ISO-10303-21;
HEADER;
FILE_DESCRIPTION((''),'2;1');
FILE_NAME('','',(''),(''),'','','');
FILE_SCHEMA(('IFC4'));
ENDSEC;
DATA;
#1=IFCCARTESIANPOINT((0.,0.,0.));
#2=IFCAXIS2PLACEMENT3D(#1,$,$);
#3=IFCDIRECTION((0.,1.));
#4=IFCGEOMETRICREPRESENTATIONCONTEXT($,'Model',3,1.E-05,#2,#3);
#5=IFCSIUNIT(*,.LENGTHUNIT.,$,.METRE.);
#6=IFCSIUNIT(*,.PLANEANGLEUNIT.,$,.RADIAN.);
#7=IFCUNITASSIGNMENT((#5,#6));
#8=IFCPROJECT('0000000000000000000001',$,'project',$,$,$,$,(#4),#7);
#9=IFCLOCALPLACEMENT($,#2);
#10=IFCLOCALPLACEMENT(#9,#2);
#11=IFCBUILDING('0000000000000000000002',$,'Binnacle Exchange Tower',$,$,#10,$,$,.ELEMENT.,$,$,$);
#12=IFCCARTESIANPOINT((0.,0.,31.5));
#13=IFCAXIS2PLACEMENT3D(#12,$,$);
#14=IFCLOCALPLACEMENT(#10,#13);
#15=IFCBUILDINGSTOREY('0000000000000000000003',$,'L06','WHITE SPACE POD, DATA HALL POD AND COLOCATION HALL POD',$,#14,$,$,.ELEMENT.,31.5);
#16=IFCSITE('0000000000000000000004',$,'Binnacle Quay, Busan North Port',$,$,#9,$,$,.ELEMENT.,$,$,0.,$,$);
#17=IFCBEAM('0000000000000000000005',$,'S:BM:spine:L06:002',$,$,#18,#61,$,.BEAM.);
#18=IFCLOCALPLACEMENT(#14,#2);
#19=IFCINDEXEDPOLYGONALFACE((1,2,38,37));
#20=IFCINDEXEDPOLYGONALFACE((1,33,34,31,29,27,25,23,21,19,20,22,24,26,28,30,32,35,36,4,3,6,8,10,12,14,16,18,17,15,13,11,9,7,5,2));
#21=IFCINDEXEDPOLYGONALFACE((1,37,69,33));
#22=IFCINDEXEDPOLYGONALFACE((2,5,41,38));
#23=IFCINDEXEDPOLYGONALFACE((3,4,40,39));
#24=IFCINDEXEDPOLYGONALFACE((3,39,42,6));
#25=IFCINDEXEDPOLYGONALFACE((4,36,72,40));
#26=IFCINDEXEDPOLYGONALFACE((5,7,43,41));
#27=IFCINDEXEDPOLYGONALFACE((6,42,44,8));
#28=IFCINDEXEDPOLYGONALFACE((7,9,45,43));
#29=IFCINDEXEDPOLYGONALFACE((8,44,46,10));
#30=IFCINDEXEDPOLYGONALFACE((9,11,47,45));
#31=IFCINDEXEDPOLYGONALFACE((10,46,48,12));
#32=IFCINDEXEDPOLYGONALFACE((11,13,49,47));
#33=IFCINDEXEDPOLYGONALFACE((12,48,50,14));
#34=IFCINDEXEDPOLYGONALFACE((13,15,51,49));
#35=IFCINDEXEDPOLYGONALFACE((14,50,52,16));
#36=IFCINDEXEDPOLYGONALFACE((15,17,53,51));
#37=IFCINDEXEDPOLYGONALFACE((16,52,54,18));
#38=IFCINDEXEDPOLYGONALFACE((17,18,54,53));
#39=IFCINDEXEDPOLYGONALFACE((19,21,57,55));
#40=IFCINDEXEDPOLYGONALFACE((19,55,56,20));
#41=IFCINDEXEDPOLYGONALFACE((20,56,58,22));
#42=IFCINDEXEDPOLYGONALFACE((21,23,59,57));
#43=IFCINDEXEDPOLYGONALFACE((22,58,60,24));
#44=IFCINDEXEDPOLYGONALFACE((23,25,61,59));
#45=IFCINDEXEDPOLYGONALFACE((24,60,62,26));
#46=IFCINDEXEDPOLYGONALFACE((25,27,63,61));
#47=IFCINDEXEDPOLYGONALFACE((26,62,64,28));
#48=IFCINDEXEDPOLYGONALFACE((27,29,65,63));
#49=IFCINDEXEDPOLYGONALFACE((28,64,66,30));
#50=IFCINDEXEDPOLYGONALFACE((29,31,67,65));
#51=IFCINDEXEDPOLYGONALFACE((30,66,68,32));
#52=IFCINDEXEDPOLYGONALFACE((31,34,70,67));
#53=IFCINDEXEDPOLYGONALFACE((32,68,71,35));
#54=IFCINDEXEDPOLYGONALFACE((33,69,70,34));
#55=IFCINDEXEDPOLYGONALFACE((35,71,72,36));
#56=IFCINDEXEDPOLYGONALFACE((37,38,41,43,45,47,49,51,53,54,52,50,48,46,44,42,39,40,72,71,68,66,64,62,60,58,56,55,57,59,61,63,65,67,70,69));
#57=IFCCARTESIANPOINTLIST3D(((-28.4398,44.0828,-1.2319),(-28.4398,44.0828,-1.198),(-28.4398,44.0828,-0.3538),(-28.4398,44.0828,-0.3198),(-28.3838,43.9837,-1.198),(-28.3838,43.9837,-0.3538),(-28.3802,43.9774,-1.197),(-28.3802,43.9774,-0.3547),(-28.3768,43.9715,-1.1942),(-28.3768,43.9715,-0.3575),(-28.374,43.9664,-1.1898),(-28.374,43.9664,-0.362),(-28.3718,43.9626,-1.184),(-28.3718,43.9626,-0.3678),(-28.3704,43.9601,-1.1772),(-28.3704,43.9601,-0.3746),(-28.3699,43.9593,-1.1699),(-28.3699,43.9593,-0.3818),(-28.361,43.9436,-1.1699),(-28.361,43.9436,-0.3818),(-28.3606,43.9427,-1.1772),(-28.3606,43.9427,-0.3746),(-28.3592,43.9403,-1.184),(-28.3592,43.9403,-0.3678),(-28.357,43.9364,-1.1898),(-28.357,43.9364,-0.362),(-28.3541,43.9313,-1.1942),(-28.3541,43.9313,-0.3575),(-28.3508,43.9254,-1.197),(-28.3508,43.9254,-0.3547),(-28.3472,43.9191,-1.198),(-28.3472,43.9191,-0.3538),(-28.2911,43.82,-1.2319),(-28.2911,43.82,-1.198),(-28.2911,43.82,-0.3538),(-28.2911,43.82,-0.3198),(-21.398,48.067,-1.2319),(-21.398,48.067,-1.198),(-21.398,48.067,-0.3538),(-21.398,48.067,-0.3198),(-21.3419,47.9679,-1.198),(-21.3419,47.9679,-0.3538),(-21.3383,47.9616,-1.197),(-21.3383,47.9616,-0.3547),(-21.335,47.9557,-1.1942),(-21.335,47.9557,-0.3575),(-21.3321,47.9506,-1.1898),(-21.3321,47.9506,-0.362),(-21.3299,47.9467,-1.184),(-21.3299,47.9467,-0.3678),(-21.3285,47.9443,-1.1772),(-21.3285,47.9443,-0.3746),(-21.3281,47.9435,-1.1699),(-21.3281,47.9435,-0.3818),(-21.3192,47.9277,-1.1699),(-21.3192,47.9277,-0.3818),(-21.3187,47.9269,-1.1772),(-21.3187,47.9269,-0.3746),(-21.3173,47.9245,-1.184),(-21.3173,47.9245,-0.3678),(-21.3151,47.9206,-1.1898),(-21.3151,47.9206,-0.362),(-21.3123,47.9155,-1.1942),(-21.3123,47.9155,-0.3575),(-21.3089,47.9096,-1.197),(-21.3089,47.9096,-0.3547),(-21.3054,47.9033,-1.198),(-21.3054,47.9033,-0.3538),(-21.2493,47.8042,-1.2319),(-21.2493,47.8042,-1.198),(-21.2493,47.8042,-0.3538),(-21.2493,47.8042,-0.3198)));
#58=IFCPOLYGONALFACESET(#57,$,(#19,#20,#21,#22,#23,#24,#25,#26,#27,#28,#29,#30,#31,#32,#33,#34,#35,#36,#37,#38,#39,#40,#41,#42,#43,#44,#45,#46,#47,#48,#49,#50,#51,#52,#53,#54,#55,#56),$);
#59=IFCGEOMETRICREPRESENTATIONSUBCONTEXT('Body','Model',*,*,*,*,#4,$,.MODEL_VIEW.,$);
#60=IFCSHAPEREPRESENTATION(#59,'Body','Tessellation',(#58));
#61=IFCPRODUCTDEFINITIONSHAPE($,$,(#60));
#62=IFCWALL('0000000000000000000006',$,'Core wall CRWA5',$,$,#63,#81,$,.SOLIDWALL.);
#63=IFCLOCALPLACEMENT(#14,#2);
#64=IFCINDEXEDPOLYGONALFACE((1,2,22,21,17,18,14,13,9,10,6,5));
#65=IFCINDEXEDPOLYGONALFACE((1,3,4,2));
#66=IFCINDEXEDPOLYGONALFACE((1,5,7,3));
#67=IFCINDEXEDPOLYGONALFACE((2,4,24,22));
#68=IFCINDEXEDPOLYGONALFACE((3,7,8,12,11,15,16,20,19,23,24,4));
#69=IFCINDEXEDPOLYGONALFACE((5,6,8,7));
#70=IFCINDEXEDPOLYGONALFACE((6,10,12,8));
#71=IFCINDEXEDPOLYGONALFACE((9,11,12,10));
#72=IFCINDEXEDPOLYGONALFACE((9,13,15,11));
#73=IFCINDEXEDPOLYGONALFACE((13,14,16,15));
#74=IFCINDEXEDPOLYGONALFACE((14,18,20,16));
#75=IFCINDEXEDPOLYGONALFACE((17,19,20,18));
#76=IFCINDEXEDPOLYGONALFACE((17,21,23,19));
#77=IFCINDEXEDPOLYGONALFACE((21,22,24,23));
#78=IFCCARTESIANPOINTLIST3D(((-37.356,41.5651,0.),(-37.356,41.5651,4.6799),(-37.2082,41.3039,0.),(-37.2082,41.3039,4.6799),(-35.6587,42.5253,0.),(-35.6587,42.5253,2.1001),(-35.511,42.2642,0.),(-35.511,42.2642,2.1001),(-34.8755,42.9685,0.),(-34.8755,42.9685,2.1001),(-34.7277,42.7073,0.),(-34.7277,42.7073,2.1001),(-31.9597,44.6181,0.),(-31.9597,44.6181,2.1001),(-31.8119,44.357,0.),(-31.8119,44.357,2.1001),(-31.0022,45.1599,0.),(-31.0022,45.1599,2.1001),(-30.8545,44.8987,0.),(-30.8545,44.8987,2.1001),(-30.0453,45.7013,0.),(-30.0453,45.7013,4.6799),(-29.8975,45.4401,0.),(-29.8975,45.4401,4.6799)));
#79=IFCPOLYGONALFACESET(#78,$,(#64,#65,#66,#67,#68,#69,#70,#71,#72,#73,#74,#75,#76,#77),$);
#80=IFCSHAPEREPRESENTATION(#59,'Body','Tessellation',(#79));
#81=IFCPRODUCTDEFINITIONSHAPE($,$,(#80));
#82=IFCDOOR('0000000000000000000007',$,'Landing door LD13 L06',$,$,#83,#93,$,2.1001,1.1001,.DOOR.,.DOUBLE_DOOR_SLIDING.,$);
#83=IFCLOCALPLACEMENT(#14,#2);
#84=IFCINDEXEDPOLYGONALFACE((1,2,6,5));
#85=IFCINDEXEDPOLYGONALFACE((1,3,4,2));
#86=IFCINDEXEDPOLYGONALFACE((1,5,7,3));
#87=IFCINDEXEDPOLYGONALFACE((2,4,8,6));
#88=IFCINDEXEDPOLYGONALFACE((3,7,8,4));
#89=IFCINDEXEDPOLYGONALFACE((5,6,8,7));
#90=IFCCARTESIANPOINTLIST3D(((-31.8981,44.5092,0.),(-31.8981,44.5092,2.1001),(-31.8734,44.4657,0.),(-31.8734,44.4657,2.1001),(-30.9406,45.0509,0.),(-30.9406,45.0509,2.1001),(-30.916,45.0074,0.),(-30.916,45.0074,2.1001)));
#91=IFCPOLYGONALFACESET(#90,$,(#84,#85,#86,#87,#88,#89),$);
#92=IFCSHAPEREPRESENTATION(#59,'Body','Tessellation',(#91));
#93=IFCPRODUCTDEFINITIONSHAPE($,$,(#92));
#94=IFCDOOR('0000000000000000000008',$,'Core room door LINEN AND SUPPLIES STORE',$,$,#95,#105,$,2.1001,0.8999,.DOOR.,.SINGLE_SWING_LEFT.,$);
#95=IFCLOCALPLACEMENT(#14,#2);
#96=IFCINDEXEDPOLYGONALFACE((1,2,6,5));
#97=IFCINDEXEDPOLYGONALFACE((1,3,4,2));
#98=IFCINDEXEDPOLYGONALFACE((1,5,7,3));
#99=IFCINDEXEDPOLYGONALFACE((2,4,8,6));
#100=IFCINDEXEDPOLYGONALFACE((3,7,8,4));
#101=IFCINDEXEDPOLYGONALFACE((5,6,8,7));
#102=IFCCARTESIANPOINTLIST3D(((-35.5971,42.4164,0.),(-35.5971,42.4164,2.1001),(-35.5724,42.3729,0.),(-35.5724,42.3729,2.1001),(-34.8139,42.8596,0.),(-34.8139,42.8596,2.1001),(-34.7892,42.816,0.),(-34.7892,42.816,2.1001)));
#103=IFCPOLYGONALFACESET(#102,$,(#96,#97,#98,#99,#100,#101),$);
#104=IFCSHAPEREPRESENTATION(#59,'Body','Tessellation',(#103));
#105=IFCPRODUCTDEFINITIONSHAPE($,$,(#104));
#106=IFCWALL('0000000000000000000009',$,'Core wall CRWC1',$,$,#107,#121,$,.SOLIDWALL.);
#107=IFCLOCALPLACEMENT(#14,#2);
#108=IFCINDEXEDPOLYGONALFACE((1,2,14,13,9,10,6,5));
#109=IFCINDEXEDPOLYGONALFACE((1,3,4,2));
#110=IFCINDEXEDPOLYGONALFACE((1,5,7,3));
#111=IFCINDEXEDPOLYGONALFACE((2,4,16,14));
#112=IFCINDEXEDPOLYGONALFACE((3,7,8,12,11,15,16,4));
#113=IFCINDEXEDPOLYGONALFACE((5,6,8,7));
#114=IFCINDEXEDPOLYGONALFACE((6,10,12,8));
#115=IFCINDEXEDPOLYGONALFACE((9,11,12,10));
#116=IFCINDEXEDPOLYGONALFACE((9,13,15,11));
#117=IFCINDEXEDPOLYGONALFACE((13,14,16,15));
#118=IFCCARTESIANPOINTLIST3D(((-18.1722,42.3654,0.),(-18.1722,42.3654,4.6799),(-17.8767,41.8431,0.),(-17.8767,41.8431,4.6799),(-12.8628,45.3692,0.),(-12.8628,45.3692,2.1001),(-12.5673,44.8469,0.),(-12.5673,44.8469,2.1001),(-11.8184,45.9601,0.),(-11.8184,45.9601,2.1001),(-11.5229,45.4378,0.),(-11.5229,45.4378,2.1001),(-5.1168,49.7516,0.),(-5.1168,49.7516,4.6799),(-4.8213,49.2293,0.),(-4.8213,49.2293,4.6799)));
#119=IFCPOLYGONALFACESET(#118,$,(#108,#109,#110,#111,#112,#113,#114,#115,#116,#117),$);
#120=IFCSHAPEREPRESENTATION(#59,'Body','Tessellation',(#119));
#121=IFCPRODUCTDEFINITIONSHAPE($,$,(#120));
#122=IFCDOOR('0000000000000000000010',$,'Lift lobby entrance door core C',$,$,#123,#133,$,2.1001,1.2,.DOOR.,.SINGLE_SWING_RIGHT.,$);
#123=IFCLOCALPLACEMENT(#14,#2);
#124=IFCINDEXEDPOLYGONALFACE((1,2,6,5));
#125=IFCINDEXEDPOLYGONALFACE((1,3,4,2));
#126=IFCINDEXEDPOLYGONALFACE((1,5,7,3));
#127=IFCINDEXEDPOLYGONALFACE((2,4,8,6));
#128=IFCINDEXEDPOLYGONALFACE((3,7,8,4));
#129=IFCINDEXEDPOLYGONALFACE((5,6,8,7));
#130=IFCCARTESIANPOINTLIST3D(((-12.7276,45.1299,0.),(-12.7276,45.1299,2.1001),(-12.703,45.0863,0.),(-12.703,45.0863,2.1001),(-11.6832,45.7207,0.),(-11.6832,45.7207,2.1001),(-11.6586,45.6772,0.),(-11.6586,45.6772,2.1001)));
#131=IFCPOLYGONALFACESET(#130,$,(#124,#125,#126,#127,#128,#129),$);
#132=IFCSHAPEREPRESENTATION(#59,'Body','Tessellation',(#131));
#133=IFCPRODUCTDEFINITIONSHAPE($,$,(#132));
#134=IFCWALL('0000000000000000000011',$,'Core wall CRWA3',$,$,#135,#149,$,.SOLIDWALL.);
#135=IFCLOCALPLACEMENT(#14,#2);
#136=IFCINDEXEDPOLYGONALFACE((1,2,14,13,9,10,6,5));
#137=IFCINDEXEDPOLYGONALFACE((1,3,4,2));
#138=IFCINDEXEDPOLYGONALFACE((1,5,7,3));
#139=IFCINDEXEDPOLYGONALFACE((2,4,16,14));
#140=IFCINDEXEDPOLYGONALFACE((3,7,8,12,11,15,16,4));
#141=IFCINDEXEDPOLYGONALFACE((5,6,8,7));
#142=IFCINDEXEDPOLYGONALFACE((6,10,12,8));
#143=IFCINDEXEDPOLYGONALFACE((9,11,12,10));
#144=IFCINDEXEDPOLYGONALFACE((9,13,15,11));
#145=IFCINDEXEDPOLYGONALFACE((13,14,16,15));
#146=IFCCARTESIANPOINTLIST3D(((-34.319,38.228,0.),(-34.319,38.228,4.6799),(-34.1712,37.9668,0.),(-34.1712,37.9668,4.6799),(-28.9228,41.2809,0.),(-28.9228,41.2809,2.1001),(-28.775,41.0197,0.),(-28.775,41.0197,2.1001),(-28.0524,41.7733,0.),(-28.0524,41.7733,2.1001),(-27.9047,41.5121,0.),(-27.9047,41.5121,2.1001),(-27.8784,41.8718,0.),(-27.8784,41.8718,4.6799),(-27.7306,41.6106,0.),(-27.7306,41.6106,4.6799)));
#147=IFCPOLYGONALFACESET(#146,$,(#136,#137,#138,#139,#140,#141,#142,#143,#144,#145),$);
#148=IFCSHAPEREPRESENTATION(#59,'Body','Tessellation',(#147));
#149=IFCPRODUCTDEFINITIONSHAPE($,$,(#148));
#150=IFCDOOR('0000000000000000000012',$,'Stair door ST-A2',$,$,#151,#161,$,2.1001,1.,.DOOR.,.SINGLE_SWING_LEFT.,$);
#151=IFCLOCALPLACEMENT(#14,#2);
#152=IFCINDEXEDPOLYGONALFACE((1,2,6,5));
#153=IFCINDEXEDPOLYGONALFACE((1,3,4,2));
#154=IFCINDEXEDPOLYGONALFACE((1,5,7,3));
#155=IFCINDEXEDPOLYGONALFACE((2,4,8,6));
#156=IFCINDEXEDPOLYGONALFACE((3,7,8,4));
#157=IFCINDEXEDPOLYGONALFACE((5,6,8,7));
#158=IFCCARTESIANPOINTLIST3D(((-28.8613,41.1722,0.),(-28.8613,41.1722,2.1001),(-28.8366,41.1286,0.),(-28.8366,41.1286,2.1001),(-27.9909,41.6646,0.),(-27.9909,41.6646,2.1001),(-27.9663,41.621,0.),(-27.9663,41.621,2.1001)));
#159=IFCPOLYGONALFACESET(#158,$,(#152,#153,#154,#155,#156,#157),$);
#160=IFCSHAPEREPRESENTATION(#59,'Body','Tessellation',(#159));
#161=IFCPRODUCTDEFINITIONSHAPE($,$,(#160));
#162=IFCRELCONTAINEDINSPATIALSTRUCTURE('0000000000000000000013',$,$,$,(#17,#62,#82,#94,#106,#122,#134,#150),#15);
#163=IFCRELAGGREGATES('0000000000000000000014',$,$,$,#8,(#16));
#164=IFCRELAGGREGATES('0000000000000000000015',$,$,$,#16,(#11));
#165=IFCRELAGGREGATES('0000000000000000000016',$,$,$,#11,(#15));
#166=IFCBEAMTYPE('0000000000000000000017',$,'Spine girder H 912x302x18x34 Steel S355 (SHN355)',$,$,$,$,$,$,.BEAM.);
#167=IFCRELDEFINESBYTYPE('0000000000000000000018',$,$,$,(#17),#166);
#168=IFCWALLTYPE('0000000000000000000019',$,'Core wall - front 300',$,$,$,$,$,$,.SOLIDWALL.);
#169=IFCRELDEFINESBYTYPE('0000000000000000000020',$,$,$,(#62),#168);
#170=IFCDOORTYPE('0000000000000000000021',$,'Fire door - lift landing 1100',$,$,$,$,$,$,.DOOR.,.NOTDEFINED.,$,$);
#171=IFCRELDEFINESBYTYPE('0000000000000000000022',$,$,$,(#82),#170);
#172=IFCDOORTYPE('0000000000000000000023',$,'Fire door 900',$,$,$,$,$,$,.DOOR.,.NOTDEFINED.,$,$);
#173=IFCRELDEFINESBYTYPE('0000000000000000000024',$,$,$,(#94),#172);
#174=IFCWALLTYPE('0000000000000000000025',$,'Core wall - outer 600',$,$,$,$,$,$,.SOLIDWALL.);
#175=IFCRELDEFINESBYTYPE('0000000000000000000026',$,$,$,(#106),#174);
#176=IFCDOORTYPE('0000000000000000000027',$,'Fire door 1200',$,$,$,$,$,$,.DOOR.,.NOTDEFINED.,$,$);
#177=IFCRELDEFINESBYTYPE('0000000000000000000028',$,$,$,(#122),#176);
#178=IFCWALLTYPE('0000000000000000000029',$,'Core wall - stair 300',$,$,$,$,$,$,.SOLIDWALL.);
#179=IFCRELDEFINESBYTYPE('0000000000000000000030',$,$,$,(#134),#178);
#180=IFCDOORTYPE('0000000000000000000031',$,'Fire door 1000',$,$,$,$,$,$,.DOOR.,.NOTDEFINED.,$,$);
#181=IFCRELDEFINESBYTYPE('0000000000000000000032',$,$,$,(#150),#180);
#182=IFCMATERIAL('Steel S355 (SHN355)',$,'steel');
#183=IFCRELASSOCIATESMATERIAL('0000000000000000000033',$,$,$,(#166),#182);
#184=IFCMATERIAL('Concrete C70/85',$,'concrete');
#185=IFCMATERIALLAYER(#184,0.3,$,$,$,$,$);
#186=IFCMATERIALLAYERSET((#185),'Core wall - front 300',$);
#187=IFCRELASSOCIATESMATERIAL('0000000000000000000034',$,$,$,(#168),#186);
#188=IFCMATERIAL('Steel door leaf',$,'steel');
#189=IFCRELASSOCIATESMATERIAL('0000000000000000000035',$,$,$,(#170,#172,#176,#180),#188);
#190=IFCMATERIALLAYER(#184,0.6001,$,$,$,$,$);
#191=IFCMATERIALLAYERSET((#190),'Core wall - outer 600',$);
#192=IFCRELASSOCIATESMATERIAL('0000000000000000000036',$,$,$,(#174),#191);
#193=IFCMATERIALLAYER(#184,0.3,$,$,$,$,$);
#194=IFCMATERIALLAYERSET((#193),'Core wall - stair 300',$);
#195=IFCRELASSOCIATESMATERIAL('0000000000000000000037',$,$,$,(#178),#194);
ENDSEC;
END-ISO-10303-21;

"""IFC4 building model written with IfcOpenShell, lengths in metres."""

from ifc_helpers import new_model, si_unit, direction, frame, frame_2d, origin, origin_2d, place, context, subcontext, project, spatial, rectangle, i_section, extrude, material, layer, layer_set, material_profile, profile_set, type_object, element, fill, save


model = new_model("IFC4")

# Units and contexts
model_context = context("Model", 3, precision=1e-05, world=origin(), true_north=direction((0.0, 1.0)))
body_context = subcontext(model_context, "Body", "Model", "MODEL_VIEW")
ifc_project = project(units=[si_unit("LENGTHUNIT", "METRE"), si_unit("PLANEANGLEUNIT", "RADIAN")], contexts=[model_context])

# Site, building, storey
site_placement = place(None, origin())
site = spatial("IfcSite", under=ifc_project, at=site_placement, Name="Binnacle Quay, Busan North Port", CompositionType="ELEMENT", RefElevation=0.0)
building_placement = place(site_placement, origin())
building = spatial("IfcBuilding", under=site, at=building_placement, Name="Binnacle Exchange Tower", CompositionType="ELEMENT")
storey_placement = place(building_placement, frame((0.0, 0.0, 31.5)))
storey = spatial("IfcBuildingStorey", under=building, at=storey_placement, Name="L06", Description="WHITE SPACE POD, DATA HALL POD AND COLOCATION HALL POD", CompositionType="ELEMENT", Elevation=31.5)

# Shared definitions
ifc_material_1 = material(Name="Concrete C70/85", Category="concrete")

# Beam
ifc_material_2 = material(Name="Steel S355 (SHN355)", Category="steel")
ifc_material_profile_1 = material_profile(ifc_material_2, i_section(OverallWidth=0.302, OverallDepth=0.9121, WebThickness=0.0181, FlangeThickness=0.0339, FilletRadius=0.0281, at=origin_2d()), Name="H 912x302x18x34")
ifc_profile_set_1 = profile_set([ifc_material_profile_1], Name="Steel S355 (SHN355)")
beam_type_1 = type_object("IfcBeamType", Name="Spine girder H 912x302x18x34 Steel S355 (SHN355)", PredefinedType="BEAM", material=ifc_profile_set_1)
beam_1_placement = place(storey_placement, frame((-28.3655, 43.9514, -0.7759), z_axis=(0.87035, 0.492433, 0.0), x_axis=(-0.492433, 0.87035, 0.0)))
element("IfcBeam", 1, at=beam_1_placement, inside=storey, type_object=beam_type_1, Name="S:BM:spine:L06:002", PredefinedType="BEAM", context=body_context, shape_type="SweptSolid", body=[
    extrude(i_section(OverallWidth=0.302, OverallDepth=0.9121, WebThickness=0.0181, FlangeThickness=0.0339, FilletRadius=0.0281, at=origin_2d()), origin(), (0.0, 0.0, 1.0), 8.0908),
])

# Wall, openings, doors
ifc_layer_1 = layer(ifc_material_1, 0.3)
ifc_layer_set_1 = layer_set([ifc_layer_1], Name="Core wall - front 300")
wall_type_1 = type_object("IfcWallType", Name="Core wall - front 300", PredefinedType="SOLIDWALL", material=ifc_layer_set_1)
wall_1_placement = place(storey_placement, frame((-37.282, 41.4346, 0.0), z_axis=(0.0, 0.0, 1.0), x_axis=(0.870357, 0.492422, 0.0)))
wall_1 = element("IfcWall", 2, at=wall_1_placement, inside=storey, type_object=wall_type_1, Name="Core wall CRWA5", PredefinedType="SOLIDWALL", context=body_context, shape_type="SweptSolid", body=[
    extrude(rectangle(XDim=8.3997, YDim=0.3, at=frame_2d((4.1997, 0.0))), origin(), (0.0, 0.0, 1.0), 4.6799),
])
opening_1_placement = place(wall_1_placement, frame((6.2, 0.0, 0.0)))
opening_1 = element("IfcOpeningElement", 3, at=opening_1_placement, cuts=wall_1, PredefinedType="OPENING", context=body_context, shape_type="SweptSolid", body=[
    extrude(rectangle(XDim=1.1001, YDim=2.1001, at=frame_2d((0.55, 1.05))), frame((0.0, 0.1599, 0.0), z_axis=(0.0, -1.0, 0.0), x_axis=(1.0, 0.0, 0.0)), (0.0, 0.0, 1.0), 0.3201),
])
opening_2_placement = place(wall_1_placement, frame((1.95, 0.0, 0.0)))
opening_2 = element("IfcOpeningElement", 4, at=opening_2_placement, cuts=wall_1, PredefinedType="OPENING", context=body_context, shape_type="SweptSolid", body=[
    extrude(rectangle(XDim=0.8999, YDim=2.1001, at=frame_2d((0.45, 1.05))), frame((0.0, 0.1599, 0.0), z_axis=(0.0, -1.0, 0.0), x_axis=(1.0, 0.0, 0.0)), (0.0, 0.0, 1.0), 0.3201),
])
ifc_material_3 = material(Name="Steel door leaf", Category="steel")
door_type_1 = type_object("IfcDoorType", Name="Fire door - lift landing 1100", OperationType="NOTDEFINED", PredefinedType="DOOR", material=ifc_material_3)
door_1_placement = place(opening_1_placement, origin())
door_1 = element("IfcDoor", 5, at=door_1_placement, inside=storey, type_object=door_type_1, Name="Landing door LD13 L06", OperationType="DOUBLE_DOOR_SLIDING", OverallHeight=2.1001, OverallWidth=1.1001, PredefinedType="DOOR", context=body_context, shape_type="SweptSolid", body=[
    extrude(rectangle(XDim=1.1001, YDim=2.1001, at=frame_2d((0.55, 1.05))), frame((0.0, 0.0249, 0.0), z_axis=(0.0, -1.0, 0.0), x_axis=(1.0, 0.0, 0.0)), (0.0, 0.0, 1.0), 0.05),
])
fill(opening_1, door_1)
door_type_2 = type_object("IfcDoorType", Name="Fire door 900", OperationType="NOTDEFINED", PredefinedType="DOOR", material=ifc_material_3)
door_2_placement = place(opening_2_placement, origin())
door_2 = element("IfcDoor", 6, at=door_2_placement, inside=storey, type_object=door_type_2, Name="Core room door LINEN AND SUPPLIES STORE", OperationType="SINGLE_SWING_LEFT", OverallHeight=2.1001, OverallWidth=0.8999, PredefinedType="DOOR", context=body_context, shape_type="SweptSolid", body=[
    extrude(rectangle(XDim=0.8999, YDim=2.1001, at=frame_2d((0.45, 1.05))), frame((0.0, 0.0249, 0.0), z_axis=(0.0, -1.0, 0.0), x_axis=(1.0, 0.0, 0.0)), (0.0, 0.0, 1.0), 0.05),
])
fill(opening_2, door_2)

# Walls, openings, doors
ifc_layer_2 = layer(ifc_material_1, 0.6001)
ifc_layer_set_2 = layer_set([ifc_layer_2], Name="Core wall - outer 600")
wall_type_2 = type_object("IfcWallType", Name="Core wall - outer 600", PredefinedType="SOLIDWALL", material=ifc_layer_set_2)
wall_2_placement = place(storey_placement, frame((-18.0244, 42.1042, 0.0), z_axis=(0.0, 0.0, 1.0), x_axis=(0.870361, 0.492415, 0.0)))
wall_2 = element("IfcWall", 7, at=wall_2_placement, inside=storey, type_object=wall_type_2, Name="Core wall CRWC1", PredefinedType="SOLIDWALL", context=body_context, shape_type="SweptSolid", body=[
    extrude(rectangle(XDim=15.0, YDim=0.6001, at=frame_2d((7.5, 0.0))), origin(), (0.0, 0.0, 1.0), 4.6799),
])
opening_3_placement = place(wall_2_placement, frame((6.1001, 0.0, 0.0)))
opening_3 = element("IfcOpeningElement", 8, at=opening_3_placement, cuts=wall_2, PredefinedType="OPENING", context=body_context, shape_type="SweptSolid", body=[
    extrude(rectangle(XDim=1.2, YDim=2.1001, at=frame_2d((0.6001, 1.05))), frame((0.0, 0.3101, 0.0), z_axis=(0.0, -1.0, 0.0), x_axis=(1.0, 0.0, 0.0)), (0.0, 0.0, 1.0), 0.6201),
])
door_type_3 = type_object("IfcDoorType", Name="Fire door 1200", OperationType="NOTDEFINED", PredefinedType="DOOR", material=ifc_material_3)
door_3_placement = place(opening_3_placement, frame((1.2, 0.0, 0.0), z_axis=(0.0, 0.0, 1.0), x_axis=(-1.0, 0.0, 0.0)))
door_3 = element("IfcDoor", 9, at=door_3_placement, inside=storey, type_object=door_type_3, Name="Lift lobby entrance door core C", OperationType="SINGLE_SWING_RIGHT", OverallHeight=2.1001, OverallWidth=1.2, PredefinedType="DOOR", context=body_context, shape_type="SweptSolid", body=[
    extrude(rectangle(XDim=1.2, YDim=2.1001, at=frame_2d((0.6001, 1.05))), frame((0.0, 0.0249, 0.0), z_axis=(0.0, -1.0, 0.0), x_axis=(1.0, 0.0, 0.0)), (0.0, 0.0, 1.0), 0.05),
])
fill(opening_3, door_3)
ifc_layer_3 = layer(ifc_material_1, 0.3)
ifc_layer_set_3 = layer_set([ifc_layer_3], Name="Core wall - stair 300")
wall_type_3 = type_object("IfcWallType", Name="Core wall - stair 300", PredefinedType="SOLIDWALL", material=ifc_layer_set_3)
wall_3_placement = place(storey_placement, frame((-34.2451, 38.0974, 0.0), z_axis=(0.0, 0.0, 1.0), x_axis=(0.870365, 0.492407, 0.0)))
wall_3 = element("IfcWall", 10, at=wall_3_placement, inside=storey, type_object=wall_type_3, Name="Core wall CRWA3", PredefinedType="SOLIDWALL", context=body_context, shape_type="SweptSolid", body=[
    extrude(rectangle(XDim=7.3999, YDim=0.3, at=frame_2d((3.7, 0.0))), origin(), (0.0, 0.0, 1.0), 4.6799),
])
opening_4_placement = place(wall_3_placement, frame((6.2, 0.0, 0.0)))
opening_4 = element("IfcOpeningElement", 11, at=opening_4_placement, cuts=wall_3, PredefinedType="OPENING", context=body_context, shape_type="SweptSolid", body=[
    extrude(rectangle(XDim=1.0, YDim=2.1001, at=frame_2d((0.5, 1.05))), frame((0.0, 0.1599, 0.0), z_axis=(0.0, -1.0, 0.0), x_axis=(1.0, 0.0, 0.0)), (0.0, 0.0, 1.0), 0.3201),
])
door_type_4 = type_object("IfcDoorType", Name="Fire door 1000", OperationType="NOTDEFINED", PredefinedType="DOOR", material=ifc_material_3)
door_4_placement = place(opening_4_placement, frame((1.0, 0.0, 0.0), z_axis=(0.0, 0.0, 1.0), x_axis=(-1.0, 0.0, 0.0)))
door_4 = element("IfcDoor", 12, at=door_4_placement, inside=storey, type_object=door_type_4, Name="Stair door ST-A2", OperationType="SINGLE_SWING_LEFT", OverallHeight=2.1001, OverallWidth=1.0, PredefinedType="DOOR", context=body_context, shape_type="SweptSolid", body=[
    extrude(rectangle(XDim=1.0, YDim=2.1001, at=frame_2d((0.5, 1.05))), frame((0.0, 0.0249, 0.0), z_axis=(0.0, -1.0, 0.0), x_axis=(1.0, 0.0, 0.0)), (0.0, 0.0, 1.0), 0.05),
])
fill(opening_4, door_4)

save(model, "model.ifc")
